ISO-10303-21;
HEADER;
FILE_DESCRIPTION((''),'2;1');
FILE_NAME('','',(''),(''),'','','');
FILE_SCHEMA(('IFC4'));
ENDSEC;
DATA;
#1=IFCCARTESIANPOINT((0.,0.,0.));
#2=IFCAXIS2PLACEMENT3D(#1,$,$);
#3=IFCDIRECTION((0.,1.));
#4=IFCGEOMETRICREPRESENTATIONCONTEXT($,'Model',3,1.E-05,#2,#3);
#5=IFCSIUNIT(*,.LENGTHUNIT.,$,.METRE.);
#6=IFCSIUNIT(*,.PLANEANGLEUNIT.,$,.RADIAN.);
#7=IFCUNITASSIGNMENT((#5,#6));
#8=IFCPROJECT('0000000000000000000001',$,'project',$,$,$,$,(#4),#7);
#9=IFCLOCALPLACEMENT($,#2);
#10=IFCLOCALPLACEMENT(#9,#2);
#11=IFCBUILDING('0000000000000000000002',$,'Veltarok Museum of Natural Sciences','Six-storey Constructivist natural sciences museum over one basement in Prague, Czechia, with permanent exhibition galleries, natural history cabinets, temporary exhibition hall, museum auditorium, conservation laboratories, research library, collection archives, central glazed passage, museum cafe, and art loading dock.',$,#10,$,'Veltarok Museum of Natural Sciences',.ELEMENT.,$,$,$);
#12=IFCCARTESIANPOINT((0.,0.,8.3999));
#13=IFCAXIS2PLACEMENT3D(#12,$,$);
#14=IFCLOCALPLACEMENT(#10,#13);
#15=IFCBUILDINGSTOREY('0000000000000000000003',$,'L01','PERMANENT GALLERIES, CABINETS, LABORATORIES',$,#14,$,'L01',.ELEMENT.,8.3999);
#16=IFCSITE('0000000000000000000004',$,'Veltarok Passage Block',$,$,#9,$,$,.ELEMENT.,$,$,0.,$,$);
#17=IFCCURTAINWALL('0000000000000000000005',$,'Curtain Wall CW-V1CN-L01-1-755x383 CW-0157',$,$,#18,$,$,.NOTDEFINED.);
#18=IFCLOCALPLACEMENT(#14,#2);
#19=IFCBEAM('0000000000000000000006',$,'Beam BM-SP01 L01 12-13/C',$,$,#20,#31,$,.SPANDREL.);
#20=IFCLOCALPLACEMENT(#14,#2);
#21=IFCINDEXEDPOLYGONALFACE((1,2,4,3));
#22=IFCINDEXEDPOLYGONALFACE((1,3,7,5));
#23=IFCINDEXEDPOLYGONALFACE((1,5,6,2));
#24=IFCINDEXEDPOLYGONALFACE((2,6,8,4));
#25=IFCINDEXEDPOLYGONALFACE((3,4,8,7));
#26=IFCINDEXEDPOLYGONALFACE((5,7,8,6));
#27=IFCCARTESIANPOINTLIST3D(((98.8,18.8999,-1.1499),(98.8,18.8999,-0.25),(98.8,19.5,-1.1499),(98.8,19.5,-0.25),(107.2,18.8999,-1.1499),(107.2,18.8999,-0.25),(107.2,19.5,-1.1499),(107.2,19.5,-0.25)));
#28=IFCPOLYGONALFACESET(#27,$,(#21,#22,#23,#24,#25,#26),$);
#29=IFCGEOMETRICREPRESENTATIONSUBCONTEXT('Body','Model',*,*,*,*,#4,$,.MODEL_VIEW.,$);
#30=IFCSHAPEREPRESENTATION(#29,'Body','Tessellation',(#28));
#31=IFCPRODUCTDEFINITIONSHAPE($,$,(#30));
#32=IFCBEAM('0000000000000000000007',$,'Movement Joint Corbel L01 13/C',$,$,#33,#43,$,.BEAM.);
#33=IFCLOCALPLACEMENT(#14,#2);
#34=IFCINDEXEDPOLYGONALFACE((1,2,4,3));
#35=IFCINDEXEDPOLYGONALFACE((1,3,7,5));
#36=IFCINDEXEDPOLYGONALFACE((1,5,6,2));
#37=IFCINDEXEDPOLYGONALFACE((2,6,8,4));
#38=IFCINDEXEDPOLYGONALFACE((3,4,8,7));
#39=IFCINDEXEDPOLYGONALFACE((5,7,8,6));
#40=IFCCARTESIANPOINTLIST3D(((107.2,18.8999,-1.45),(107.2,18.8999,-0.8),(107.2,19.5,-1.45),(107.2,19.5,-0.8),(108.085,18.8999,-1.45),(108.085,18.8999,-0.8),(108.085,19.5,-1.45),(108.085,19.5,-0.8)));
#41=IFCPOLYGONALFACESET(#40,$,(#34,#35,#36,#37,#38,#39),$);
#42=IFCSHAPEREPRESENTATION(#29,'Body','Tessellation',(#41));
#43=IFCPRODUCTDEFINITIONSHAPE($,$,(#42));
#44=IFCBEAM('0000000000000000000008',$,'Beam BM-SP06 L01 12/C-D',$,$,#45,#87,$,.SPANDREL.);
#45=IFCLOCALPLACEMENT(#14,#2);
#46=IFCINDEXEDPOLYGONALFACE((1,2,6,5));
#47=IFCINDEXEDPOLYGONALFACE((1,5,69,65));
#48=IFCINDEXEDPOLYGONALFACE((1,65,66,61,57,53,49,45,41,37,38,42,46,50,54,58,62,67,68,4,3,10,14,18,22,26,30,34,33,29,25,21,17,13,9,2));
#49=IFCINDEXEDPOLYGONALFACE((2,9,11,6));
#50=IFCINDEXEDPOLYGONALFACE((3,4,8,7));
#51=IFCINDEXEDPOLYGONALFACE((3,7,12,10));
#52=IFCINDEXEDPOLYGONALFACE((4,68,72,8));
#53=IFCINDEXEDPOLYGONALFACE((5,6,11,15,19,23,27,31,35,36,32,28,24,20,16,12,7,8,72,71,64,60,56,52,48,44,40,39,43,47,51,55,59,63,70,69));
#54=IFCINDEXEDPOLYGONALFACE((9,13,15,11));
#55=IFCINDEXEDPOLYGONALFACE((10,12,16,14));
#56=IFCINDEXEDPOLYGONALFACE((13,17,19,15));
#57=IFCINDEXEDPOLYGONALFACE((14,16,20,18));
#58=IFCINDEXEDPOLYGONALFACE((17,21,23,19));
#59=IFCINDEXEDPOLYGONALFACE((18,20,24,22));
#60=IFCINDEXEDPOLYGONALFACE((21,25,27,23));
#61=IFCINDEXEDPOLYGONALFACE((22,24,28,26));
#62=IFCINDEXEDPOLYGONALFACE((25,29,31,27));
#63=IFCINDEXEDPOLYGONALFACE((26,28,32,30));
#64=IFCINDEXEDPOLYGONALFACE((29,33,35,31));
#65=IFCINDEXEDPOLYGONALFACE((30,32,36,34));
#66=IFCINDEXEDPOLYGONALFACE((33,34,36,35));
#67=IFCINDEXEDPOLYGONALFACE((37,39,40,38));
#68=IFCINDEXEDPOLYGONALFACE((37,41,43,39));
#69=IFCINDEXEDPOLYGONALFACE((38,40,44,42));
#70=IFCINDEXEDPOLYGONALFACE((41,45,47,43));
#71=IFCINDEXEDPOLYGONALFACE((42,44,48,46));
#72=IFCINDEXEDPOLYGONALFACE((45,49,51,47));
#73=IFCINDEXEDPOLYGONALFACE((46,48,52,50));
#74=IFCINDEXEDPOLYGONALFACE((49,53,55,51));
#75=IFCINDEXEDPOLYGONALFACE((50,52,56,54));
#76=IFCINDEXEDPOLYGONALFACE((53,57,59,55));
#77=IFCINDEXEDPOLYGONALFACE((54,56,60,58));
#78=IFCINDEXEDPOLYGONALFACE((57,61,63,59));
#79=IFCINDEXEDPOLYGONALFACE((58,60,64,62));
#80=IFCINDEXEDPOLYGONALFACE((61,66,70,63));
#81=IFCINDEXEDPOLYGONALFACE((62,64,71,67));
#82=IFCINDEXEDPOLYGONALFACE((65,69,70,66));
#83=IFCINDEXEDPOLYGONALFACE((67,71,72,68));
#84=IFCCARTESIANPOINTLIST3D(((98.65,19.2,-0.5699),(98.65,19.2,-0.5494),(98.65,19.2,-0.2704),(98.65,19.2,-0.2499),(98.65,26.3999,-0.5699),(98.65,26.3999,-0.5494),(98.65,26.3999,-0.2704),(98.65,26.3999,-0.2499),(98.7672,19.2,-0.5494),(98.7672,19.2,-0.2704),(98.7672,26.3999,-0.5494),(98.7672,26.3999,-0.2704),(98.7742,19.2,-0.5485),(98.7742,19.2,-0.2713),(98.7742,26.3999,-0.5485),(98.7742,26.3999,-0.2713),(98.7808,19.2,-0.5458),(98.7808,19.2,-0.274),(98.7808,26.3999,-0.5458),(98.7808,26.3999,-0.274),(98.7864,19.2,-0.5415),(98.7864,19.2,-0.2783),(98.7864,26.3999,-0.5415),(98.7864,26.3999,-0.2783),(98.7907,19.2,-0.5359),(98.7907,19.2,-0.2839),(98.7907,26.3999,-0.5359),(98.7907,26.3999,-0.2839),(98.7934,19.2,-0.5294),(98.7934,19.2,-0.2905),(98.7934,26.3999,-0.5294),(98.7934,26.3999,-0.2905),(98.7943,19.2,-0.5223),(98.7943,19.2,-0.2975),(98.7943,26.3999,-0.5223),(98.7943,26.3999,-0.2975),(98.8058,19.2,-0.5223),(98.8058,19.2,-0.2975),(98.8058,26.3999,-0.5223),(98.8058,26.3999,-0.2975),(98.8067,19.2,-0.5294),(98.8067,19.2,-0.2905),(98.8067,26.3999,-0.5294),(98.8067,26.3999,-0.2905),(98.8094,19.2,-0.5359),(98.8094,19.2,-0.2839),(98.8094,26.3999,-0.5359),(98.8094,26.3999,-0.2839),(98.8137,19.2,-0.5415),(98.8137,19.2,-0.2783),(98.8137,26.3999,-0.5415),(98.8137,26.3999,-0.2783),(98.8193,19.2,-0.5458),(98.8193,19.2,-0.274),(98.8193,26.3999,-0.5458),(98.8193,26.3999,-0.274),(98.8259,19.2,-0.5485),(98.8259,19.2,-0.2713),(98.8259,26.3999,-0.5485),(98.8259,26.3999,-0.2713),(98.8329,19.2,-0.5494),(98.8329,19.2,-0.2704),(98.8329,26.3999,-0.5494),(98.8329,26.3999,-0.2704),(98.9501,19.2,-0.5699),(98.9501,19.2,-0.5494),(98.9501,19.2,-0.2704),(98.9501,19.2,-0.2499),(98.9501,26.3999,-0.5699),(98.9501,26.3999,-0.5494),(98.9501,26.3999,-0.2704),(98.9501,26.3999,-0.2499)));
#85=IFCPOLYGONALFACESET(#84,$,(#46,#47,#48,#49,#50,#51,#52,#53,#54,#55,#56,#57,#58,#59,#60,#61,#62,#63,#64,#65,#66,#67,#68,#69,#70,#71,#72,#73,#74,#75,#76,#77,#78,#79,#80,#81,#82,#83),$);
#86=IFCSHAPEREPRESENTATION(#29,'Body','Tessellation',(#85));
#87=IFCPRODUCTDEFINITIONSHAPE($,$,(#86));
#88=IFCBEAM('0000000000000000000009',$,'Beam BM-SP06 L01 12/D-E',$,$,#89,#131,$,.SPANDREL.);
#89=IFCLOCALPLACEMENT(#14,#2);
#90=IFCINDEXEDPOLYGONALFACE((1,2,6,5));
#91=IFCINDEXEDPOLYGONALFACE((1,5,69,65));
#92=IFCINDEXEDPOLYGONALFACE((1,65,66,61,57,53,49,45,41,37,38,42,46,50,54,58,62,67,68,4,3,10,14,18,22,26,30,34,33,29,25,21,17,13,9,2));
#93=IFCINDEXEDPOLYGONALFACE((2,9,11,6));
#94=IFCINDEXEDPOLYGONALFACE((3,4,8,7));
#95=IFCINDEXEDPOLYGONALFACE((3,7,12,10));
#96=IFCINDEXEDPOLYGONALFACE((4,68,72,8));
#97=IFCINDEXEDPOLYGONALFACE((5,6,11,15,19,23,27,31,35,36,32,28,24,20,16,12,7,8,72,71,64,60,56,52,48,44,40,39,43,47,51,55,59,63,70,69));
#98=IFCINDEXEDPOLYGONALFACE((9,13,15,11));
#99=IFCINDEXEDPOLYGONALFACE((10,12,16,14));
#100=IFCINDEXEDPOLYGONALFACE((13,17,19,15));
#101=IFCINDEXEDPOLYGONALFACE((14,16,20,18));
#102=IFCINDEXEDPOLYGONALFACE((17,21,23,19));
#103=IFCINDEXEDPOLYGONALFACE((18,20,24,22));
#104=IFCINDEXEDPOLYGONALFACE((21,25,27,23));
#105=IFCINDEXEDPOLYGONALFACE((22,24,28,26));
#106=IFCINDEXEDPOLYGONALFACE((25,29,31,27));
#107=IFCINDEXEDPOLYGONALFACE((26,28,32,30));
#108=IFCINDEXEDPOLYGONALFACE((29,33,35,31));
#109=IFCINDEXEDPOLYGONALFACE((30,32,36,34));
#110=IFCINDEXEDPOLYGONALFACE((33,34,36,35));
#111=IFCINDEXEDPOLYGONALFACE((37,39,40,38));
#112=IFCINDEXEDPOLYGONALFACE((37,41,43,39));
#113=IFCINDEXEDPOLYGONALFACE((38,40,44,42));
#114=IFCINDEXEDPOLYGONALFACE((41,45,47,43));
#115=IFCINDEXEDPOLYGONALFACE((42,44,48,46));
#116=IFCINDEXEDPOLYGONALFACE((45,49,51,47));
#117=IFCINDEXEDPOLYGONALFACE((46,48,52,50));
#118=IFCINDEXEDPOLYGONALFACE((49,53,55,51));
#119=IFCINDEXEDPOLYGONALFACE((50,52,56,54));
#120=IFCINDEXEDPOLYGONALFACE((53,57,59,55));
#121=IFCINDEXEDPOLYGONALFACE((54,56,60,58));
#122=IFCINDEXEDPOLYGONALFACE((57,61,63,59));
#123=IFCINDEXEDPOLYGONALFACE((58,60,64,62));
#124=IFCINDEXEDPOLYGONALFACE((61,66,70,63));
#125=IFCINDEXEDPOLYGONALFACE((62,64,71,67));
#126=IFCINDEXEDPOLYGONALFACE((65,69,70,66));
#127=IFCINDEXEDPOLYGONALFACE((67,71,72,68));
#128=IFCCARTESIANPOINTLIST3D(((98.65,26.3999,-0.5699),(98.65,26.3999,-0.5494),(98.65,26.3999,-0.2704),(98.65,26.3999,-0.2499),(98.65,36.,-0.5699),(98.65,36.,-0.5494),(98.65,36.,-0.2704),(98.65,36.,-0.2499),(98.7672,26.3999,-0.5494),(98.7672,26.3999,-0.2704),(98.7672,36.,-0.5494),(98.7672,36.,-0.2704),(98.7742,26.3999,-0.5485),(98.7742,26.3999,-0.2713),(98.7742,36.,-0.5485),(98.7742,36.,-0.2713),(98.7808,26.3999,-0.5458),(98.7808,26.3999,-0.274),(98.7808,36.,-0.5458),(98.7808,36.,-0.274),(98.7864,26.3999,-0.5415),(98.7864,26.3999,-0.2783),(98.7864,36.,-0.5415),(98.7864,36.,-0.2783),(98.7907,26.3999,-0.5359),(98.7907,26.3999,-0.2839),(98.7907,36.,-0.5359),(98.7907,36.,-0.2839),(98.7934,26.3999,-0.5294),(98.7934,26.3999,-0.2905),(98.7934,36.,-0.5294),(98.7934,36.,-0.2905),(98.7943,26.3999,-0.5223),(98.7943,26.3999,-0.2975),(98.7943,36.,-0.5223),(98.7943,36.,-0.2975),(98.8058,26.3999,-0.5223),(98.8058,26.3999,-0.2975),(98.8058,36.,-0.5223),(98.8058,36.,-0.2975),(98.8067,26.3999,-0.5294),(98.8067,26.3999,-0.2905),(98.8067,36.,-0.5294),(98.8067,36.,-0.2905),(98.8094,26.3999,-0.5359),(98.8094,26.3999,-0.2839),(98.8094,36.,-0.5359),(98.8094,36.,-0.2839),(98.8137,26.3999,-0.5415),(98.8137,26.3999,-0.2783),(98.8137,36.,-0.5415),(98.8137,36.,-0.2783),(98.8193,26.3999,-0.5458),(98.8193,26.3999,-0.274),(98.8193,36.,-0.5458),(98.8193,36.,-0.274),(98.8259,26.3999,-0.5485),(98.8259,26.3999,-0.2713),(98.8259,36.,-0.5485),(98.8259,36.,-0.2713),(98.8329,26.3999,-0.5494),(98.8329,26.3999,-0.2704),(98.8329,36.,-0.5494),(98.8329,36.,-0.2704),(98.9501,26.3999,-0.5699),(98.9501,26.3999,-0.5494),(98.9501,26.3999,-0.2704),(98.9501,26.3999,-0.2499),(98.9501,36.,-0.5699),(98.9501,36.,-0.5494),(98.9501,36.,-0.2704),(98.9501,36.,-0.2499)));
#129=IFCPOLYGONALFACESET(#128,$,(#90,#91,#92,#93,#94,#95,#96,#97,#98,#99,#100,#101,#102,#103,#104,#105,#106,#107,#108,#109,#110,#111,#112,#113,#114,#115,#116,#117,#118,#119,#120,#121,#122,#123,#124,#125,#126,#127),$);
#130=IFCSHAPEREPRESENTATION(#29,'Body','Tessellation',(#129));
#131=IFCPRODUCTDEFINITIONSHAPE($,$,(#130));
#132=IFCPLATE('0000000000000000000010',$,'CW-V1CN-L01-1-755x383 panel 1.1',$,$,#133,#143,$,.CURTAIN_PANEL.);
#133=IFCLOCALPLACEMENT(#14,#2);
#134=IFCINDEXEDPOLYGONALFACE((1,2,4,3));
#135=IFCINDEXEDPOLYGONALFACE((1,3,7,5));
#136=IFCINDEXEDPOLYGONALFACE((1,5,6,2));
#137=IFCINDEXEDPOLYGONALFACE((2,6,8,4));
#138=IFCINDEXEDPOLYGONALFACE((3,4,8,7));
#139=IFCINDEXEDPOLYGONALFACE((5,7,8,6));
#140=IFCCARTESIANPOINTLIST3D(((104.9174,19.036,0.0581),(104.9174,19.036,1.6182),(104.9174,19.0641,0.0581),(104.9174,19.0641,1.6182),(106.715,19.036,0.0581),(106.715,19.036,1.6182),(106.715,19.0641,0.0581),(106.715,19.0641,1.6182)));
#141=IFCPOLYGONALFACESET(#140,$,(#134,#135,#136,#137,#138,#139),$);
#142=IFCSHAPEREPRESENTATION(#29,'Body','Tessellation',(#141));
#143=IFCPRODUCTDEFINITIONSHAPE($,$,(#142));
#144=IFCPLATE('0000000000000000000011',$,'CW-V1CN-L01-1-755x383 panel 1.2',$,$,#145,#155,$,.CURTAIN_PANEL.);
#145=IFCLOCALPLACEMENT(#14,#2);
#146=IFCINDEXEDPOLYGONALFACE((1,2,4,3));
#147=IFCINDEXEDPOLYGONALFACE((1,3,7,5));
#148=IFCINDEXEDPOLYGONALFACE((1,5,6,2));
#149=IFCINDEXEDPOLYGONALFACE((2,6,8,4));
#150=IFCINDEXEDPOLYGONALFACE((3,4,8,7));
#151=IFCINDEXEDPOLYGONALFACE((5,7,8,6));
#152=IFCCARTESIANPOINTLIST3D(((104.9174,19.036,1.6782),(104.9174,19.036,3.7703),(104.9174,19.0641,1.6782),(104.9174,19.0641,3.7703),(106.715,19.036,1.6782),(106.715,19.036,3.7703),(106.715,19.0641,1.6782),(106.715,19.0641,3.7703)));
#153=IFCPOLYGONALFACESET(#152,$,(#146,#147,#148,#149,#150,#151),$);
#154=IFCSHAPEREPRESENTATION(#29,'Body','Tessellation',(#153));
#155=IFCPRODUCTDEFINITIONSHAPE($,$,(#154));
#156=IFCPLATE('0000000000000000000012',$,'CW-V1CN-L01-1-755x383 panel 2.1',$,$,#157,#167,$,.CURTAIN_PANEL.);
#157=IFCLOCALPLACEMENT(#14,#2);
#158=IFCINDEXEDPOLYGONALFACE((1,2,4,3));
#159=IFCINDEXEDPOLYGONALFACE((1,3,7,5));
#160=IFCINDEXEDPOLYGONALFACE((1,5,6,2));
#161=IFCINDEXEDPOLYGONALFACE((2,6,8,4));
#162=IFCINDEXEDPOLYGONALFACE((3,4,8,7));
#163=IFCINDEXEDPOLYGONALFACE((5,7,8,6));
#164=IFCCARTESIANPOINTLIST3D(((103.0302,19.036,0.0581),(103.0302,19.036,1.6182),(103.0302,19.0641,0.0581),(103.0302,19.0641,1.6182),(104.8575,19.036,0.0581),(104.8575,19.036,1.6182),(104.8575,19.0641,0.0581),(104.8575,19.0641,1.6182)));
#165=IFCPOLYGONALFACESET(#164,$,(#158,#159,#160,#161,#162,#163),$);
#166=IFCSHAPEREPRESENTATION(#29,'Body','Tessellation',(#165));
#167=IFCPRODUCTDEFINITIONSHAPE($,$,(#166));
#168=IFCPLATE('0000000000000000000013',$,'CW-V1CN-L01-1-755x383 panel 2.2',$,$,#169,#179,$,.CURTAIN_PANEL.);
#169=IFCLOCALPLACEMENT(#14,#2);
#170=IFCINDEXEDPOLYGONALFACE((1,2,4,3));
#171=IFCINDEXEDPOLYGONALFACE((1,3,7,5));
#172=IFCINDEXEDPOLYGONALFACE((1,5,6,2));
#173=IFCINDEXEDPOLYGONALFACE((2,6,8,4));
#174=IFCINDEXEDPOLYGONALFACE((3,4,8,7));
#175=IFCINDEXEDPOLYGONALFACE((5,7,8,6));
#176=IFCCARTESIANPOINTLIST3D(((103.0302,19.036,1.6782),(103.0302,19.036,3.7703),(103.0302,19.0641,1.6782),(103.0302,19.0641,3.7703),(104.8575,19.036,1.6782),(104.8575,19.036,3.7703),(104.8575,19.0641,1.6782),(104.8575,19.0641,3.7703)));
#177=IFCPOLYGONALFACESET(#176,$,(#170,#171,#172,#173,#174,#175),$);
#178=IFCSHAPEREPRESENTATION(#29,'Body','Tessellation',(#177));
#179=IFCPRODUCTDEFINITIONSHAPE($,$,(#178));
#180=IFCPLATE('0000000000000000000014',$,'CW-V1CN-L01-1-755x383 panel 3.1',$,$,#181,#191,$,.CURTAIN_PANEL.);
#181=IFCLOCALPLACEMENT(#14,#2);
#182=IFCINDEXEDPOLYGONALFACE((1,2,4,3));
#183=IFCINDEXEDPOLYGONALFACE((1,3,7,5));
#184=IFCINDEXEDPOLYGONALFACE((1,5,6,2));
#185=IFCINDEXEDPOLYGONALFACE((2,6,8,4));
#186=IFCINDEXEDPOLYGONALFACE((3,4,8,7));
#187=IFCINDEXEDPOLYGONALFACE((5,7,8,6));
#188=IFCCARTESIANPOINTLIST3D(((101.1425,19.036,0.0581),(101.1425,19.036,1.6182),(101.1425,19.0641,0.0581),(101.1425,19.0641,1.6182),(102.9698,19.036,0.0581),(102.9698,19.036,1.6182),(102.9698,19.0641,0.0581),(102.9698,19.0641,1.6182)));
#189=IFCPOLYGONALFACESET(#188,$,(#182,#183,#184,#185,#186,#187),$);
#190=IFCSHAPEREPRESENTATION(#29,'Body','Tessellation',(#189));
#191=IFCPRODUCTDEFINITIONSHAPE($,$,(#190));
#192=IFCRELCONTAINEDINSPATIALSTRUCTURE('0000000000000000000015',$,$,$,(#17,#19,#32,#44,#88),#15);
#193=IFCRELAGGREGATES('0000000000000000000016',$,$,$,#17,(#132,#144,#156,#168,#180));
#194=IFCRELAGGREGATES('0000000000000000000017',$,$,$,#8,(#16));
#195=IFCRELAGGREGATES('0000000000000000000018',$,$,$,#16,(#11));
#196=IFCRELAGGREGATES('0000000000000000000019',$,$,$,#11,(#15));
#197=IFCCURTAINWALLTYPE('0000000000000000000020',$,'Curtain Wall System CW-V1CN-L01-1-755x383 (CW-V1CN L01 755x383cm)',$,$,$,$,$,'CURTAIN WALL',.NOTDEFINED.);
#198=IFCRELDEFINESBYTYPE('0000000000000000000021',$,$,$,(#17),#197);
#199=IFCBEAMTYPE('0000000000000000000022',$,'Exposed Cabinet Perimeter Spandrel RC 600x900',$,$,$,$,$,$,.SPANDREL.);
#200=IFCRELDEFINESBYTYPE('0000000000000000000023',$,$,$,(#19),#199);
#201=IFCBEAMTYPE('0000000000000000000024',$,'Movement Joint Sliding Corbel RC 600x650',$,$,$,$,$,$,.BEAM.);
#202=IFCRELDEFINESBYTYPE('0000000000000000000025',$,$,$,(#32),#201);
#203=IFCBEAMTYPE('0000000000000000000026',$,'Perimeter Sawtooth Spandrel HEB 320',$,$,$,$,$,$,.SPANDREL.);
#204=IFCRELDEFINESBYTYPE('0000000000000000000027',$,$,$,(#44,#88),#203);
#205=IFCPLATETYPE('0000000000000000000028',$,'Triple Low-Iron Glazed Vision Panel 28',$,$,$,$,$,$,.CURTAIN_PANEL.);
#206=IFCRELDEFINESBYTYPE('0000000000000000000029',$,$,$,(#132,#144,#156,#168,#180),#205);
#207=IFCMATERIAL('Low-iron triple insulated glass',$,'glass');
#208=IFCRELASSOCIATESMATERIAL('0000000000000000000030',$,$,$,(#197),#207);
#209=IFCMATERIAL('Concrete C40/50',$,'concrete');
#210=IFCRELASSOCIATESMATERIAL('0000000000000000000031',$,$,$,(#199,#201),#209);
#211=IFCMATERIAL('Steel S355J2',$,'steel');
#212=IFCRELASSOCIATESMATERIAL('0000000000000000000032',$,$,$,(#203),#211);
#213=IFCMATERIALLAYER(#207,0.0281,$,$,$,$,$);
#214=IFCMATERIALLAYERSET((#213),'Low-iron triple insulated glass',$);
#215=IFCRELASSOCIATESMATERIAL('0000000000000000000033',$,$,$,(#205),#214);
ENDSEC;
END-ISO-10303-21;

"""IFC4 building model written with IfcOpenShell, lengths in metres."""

from ifc_helpers import new_model, si_unit, direction, frame, origin, origin_2d, place, context, subcontext, project, spatial, rectangle, i_section, extrude, material, layer, layer_set, material_profile, profile_set, type_object, element, aggregate, save


model = new_model("IFC4")

# Units and contexts
model_context = context("Model", 3, precision=1e-05, world=origin(), true_north=direction((0.0, 1.0)))
body_context = subcontext(model_context, "Body", "Model", "MODEL_VIEW")
ifc_project = project(units=[si_unit("LENGTHUNIT", "METRE"), si_unit("PLANEANGLEUNIT", "RADIAN")], contexts=[model_context])

# Site, building, storey
site_placement = place(None, origin())
site = spatial("IfcSite", under=ifc_project, at=site_placement, Name="Veltarok Passage Block", CompositionType="ELEMENT", RefElevation=0.0)
building_placement = place(site_placement, origin())
building = spatial("IfcBuilding", under=site, at=building_placement, Name="Veltarok Museum of Natural Sciences", Description="Six-storey Constructivist natural sciences museum over one basement in Prague, Czechia, with permanent exhibition galleries, natural history cabinets, temporary exhibition hall, museum auditorium, conservation laboratories, research library, collection archives, central glazed passage, museum cafe, and art loading dock.", LongName="Veltarok Museum of Natural Sciences", CompositionType="ELEMENT")
storey_placement = place(building_placement, frame((0.0, 0.0, 8.3999)))
storey = spatial("IfcBuildingStorey", under=building, at=storey_placement, Name="L01", Description="PERMANENT GALLERIES, CABINETS, LABORATORIES", LongName="L01", CompositionType="ELEMENT", Elevation=8.3999)

# Shared definitions
ifc_material_1 = material(Name="Concrete C40/50", Category="concrete")
ifc_material_2 = material(Name="Steel S355J2", Category="steel")

# Curtain wall
ifc_material_3 = material(Name="Low-iron triple insulated glass", Category="glass")
curtain_wall_type = type_object("IfcCurtainWallType", Name="Curtain Wall System CW-V1CN-L01-1-755x383 (CW-V1CN L01 755x383cm)", ElementType="CURTAIN WALL", PredefinedType="NOTDEFINED", material=ifc_material_3)
curtain_wall_placement = place(storey_placement, origin())
curtain_wall = element("IfcCurtainWall", 1, at=curtain_wall_placement, inside=storey, type_object=curtain_wall_type, Name="Curtain Wall CW-V1CN-L01-1-755x383 CW-0157", PredefinedType="NOTDEFINED")

# Beams
ifc_material_profile_1 = material_profile(ifc_material_1, rectangle(XDim=0.6001, YDim=0.8999, at=origin_2d()), Name="RC 600x900")
ifc_profile_set_1 = profile_set([ifc_material_profile_1], Name="Concrete C40/50")
beam_type_1 = type_object("IfcBeamType", Name="Exposed Cabinet Perimeter Spandrel RC 600x900", PredefinedType="SPANDREL", material=ifc_profile_set_1)
beam_1_placement = place(storey_placement, frame((98.8, 19.2, -0.7), z_axis=(1.0, 0.0, 0.0), x_axis=(0.0, 1.0, 0.0)))
element("IfcBeam", 2, at=beam_1_placement, inside=storey, type_object=beam_type_1, Name="Beam BM-SP01 L01 12-13/C", PredefinedType="SPANDREL", context=body_context, shape_type="SweptSolid", body=[
    extrude(rectangle(XDim=0.6001, YDim=0.8999, at=origin_2d()), origin(), (0.0, 0.0, 1.0), 8.3999),
])
ifc_material_profile_2 = material_profile(ifc_material_1, rectangle(XDim=0.6001, YDim=0.6499, at=origin_2d()), Name="RC 600x650")
ifc_profile_set_2 = profile_set([ifc_material_profile_2], Name="Concrete C40/50")
beam_type_2 = type_object("IfcBeamType", Name="Movement Joint Sliding Corbel RC 600x650", PredefinedType="BEAM", material=ifc_profile_set_2)
beam_2_placement = place(storey_placement, frame((107.2, 19.2, -1.125), z_axis=(1.0, 0.0, 0.0), x_axis=(0.0, 1.0, 0.0)))
element("IfcBeam", 3, at=beam_2_placement, inside=storey, type_object=beam_type_2, Name="Movement Joint Corbel L01 13/C", PredefinedType="BEAM", context=body_context, shape_type="SweptSolid", body=[
    extrude(rectangle(XDim=0.6001, YDim=0.6499, at=origin_2d()), origin(), (0.0, 0.0, 1.0), 0.885),
])
ifc_material_profile_3 = material_profile(ifc_material_2, i_section(OverallWidth=0.3, OverallDepth=0.3201, WebThickness=0.0115, FlangeThickness=0.0205, FilletRadius=0.0271, at=origin_2d()), Name="HEB 320")
ifc_profile_set_3 = profile_set([ifc_material_profile_3], Name="Steel S355J2")
beam_type_3 = type_object("IfcBeamType", Name="Perimeter Sawtooth Spandrel HEB 320", PredefinedType="SPANDREL", material=ifc_profile_set_3)
beam_3_placement = place(storey_placement, frame((98.8, 19.2, -0.4099), z_axis=(0.0, 1.0, 0.0), x_axis=(-1.0, 0.0, 0.0)))
element("IfcBeam", 4, at=beam_3_placement, inside=storey, type_object=beam_type_3, Name="Beam BM-SP06 L01 12/C-D", PredefinedType="SPANDREL", context=body_context, shape_type="SweptSolid", body=[
    extrude(i_section(OverallWidth=0.3, OverallDepth=0.3201, WebThickness=0.0115, FlangeThickness=0.0205, FilletRadius=0.0271, at=origin_2d()), origin(), (0.0, 0.0, 1.0), 7.2),
])
beam_4_placement = place(storey_placement, frame((98.8, 26.3999, -0.4099), z_axis=(0.0, 1.0, 0.0), x_axis=(-1.0, 0.0, 0.0)))
element("IfcBeam", 5, at=beam_4_placement, inside=storey, type_object=beam_type_3, Name="Beam BM-SP06 L01 12/D-E", PredefinedType="SPANDREL", context=body_context, shape_type="SweptSolid", body=[
    extrude(i_section(OverallWidth=0.3, OverallDepth=0.3201, WebThickness=0.0115, FlangeThickness=0.0205, FilletRadius=0.0271, at=origin_2d()), origin(), (0.0, 0.0, 1.0), 9.6001),
])

# Plates
ifc_layer = layer(ifc_material_3, 0.0281)
ifc_layer_set = layer_set([ifc_layer], Name="Low-iron triple insulated glass")
plate_type = type_object("IfcPlateType", Name="Triple Low-Iron Glazed Vision Panel 28", PredefinedType="CURTAIN_PANEL", material=ifc_layer_set)
plate_1_placement = place(storey_placement, frame((105.8162, 19.05, 0.0581), z_axis=(0.0, 0.0, 1.0), x_axis=(-1.0, 0.0, 0.0)))
plate_1 = element("IfcPlate", 6, at=plate_1_placement, type_object=plate_type, Name="CW-V1CN-L01-1-755x383 panel 1.1", PredefinedType="CURTAIN_PANEL", context=body_context, shape_type="SweptSolid", body=[
    extrude(rectangle(XDim=1.7976, YDim=0.0281, at=origin_2d()), origin(), (0.0, 0.0, 1.0), 1.5601),
])
plate_2_placement = place(storey_placement, frame((105.8162, 19.05, 1.6782), z_axis=(0.0, 0.0, 1.0), x_axis=(-1.0, 0.0, 0.0)))
plate_2 = element("IfcPlate", 7, at=plate_2_placement, type_object=plate_type, Name="CW-V1CN-L01-1-755x383 panel 1.2", PredefinedType="CURTAIN_PANEL", context=body_context, shape_type="SweptSolid", body=[
    extrude(rectangle(XDim=1.7976, YDim=0.0281, at=origin_2d()), origin(), (0.0, 0.0, 1.0), 2.092),
])
plate_3_placement = place(storey_placement, frame((103.9438, 19.05, 0.0581), z_axis=(0.0, 0.0, 1.0), x_axis=(-1.0, 0.0, 0.0)))
plate_3 = element("IfcPlate", 8, at=plate_3_placement, type_object=plate_type, Name="CW-V1CN-L01-1-755x383 panel 2.1", PredefinedType="CURTAIN_PANEL", context=body_context, shape_type="SweptSolid", body=[
    extrude(rectangle(XDim=1.8274, YDim=0.0281, at=origin_2d()), origin(), (0.0, 0.0, 1.0), 1.5601),
])
plate_4_placement = place(storey_placement, frame((103.9438, 19.05, 1.6782), z_axis=(0.0, 0.0, 1.0), x_axis=(-1.0, 0.0, 0.0)))
plate_4 = element("IfcPlate", 9, at=plate_4_placement, type_object=plate_type, Name="CW-V1CN-L01-1-755x383 panel 2.2", PredefinedType="CURTAIN_PANEL", context=body_context, shape_type="SweptSolid", body=[
    extrude(rectangle(XDim=1.8274, YDim=0.0281, at=origin_2d()), origin(), (0.0, 0.0, 1.0), 2.092),
])
plate_5_placement = place(storey_placement, frame((102.0562, 19.05, 0.0581), z_axis=(0.0, 0.0, 1.0), x_axis=(-1.0, 0.0, 0.0)))
plate_5 = element("IfcPlate", 10, at=plate_5_placement, type_object=plate_type, Name="CW-V1CN-L01-1-755x383 panel 3.1", PredefinedType="CURTAIN_PANEL", context=body_context, shape_type="SweptSolid", body=[
    extrude(rectangle(XDim=1.8274, YDim=0.0281, at=origin_2d()), origin(), (0.0, 0.0, 1.0), 1.5601),
])
aggregate(curtain_wall, [plate_1, plate_2, plate_3, plate_4, plate_5])

save(model, "model.ifc")
